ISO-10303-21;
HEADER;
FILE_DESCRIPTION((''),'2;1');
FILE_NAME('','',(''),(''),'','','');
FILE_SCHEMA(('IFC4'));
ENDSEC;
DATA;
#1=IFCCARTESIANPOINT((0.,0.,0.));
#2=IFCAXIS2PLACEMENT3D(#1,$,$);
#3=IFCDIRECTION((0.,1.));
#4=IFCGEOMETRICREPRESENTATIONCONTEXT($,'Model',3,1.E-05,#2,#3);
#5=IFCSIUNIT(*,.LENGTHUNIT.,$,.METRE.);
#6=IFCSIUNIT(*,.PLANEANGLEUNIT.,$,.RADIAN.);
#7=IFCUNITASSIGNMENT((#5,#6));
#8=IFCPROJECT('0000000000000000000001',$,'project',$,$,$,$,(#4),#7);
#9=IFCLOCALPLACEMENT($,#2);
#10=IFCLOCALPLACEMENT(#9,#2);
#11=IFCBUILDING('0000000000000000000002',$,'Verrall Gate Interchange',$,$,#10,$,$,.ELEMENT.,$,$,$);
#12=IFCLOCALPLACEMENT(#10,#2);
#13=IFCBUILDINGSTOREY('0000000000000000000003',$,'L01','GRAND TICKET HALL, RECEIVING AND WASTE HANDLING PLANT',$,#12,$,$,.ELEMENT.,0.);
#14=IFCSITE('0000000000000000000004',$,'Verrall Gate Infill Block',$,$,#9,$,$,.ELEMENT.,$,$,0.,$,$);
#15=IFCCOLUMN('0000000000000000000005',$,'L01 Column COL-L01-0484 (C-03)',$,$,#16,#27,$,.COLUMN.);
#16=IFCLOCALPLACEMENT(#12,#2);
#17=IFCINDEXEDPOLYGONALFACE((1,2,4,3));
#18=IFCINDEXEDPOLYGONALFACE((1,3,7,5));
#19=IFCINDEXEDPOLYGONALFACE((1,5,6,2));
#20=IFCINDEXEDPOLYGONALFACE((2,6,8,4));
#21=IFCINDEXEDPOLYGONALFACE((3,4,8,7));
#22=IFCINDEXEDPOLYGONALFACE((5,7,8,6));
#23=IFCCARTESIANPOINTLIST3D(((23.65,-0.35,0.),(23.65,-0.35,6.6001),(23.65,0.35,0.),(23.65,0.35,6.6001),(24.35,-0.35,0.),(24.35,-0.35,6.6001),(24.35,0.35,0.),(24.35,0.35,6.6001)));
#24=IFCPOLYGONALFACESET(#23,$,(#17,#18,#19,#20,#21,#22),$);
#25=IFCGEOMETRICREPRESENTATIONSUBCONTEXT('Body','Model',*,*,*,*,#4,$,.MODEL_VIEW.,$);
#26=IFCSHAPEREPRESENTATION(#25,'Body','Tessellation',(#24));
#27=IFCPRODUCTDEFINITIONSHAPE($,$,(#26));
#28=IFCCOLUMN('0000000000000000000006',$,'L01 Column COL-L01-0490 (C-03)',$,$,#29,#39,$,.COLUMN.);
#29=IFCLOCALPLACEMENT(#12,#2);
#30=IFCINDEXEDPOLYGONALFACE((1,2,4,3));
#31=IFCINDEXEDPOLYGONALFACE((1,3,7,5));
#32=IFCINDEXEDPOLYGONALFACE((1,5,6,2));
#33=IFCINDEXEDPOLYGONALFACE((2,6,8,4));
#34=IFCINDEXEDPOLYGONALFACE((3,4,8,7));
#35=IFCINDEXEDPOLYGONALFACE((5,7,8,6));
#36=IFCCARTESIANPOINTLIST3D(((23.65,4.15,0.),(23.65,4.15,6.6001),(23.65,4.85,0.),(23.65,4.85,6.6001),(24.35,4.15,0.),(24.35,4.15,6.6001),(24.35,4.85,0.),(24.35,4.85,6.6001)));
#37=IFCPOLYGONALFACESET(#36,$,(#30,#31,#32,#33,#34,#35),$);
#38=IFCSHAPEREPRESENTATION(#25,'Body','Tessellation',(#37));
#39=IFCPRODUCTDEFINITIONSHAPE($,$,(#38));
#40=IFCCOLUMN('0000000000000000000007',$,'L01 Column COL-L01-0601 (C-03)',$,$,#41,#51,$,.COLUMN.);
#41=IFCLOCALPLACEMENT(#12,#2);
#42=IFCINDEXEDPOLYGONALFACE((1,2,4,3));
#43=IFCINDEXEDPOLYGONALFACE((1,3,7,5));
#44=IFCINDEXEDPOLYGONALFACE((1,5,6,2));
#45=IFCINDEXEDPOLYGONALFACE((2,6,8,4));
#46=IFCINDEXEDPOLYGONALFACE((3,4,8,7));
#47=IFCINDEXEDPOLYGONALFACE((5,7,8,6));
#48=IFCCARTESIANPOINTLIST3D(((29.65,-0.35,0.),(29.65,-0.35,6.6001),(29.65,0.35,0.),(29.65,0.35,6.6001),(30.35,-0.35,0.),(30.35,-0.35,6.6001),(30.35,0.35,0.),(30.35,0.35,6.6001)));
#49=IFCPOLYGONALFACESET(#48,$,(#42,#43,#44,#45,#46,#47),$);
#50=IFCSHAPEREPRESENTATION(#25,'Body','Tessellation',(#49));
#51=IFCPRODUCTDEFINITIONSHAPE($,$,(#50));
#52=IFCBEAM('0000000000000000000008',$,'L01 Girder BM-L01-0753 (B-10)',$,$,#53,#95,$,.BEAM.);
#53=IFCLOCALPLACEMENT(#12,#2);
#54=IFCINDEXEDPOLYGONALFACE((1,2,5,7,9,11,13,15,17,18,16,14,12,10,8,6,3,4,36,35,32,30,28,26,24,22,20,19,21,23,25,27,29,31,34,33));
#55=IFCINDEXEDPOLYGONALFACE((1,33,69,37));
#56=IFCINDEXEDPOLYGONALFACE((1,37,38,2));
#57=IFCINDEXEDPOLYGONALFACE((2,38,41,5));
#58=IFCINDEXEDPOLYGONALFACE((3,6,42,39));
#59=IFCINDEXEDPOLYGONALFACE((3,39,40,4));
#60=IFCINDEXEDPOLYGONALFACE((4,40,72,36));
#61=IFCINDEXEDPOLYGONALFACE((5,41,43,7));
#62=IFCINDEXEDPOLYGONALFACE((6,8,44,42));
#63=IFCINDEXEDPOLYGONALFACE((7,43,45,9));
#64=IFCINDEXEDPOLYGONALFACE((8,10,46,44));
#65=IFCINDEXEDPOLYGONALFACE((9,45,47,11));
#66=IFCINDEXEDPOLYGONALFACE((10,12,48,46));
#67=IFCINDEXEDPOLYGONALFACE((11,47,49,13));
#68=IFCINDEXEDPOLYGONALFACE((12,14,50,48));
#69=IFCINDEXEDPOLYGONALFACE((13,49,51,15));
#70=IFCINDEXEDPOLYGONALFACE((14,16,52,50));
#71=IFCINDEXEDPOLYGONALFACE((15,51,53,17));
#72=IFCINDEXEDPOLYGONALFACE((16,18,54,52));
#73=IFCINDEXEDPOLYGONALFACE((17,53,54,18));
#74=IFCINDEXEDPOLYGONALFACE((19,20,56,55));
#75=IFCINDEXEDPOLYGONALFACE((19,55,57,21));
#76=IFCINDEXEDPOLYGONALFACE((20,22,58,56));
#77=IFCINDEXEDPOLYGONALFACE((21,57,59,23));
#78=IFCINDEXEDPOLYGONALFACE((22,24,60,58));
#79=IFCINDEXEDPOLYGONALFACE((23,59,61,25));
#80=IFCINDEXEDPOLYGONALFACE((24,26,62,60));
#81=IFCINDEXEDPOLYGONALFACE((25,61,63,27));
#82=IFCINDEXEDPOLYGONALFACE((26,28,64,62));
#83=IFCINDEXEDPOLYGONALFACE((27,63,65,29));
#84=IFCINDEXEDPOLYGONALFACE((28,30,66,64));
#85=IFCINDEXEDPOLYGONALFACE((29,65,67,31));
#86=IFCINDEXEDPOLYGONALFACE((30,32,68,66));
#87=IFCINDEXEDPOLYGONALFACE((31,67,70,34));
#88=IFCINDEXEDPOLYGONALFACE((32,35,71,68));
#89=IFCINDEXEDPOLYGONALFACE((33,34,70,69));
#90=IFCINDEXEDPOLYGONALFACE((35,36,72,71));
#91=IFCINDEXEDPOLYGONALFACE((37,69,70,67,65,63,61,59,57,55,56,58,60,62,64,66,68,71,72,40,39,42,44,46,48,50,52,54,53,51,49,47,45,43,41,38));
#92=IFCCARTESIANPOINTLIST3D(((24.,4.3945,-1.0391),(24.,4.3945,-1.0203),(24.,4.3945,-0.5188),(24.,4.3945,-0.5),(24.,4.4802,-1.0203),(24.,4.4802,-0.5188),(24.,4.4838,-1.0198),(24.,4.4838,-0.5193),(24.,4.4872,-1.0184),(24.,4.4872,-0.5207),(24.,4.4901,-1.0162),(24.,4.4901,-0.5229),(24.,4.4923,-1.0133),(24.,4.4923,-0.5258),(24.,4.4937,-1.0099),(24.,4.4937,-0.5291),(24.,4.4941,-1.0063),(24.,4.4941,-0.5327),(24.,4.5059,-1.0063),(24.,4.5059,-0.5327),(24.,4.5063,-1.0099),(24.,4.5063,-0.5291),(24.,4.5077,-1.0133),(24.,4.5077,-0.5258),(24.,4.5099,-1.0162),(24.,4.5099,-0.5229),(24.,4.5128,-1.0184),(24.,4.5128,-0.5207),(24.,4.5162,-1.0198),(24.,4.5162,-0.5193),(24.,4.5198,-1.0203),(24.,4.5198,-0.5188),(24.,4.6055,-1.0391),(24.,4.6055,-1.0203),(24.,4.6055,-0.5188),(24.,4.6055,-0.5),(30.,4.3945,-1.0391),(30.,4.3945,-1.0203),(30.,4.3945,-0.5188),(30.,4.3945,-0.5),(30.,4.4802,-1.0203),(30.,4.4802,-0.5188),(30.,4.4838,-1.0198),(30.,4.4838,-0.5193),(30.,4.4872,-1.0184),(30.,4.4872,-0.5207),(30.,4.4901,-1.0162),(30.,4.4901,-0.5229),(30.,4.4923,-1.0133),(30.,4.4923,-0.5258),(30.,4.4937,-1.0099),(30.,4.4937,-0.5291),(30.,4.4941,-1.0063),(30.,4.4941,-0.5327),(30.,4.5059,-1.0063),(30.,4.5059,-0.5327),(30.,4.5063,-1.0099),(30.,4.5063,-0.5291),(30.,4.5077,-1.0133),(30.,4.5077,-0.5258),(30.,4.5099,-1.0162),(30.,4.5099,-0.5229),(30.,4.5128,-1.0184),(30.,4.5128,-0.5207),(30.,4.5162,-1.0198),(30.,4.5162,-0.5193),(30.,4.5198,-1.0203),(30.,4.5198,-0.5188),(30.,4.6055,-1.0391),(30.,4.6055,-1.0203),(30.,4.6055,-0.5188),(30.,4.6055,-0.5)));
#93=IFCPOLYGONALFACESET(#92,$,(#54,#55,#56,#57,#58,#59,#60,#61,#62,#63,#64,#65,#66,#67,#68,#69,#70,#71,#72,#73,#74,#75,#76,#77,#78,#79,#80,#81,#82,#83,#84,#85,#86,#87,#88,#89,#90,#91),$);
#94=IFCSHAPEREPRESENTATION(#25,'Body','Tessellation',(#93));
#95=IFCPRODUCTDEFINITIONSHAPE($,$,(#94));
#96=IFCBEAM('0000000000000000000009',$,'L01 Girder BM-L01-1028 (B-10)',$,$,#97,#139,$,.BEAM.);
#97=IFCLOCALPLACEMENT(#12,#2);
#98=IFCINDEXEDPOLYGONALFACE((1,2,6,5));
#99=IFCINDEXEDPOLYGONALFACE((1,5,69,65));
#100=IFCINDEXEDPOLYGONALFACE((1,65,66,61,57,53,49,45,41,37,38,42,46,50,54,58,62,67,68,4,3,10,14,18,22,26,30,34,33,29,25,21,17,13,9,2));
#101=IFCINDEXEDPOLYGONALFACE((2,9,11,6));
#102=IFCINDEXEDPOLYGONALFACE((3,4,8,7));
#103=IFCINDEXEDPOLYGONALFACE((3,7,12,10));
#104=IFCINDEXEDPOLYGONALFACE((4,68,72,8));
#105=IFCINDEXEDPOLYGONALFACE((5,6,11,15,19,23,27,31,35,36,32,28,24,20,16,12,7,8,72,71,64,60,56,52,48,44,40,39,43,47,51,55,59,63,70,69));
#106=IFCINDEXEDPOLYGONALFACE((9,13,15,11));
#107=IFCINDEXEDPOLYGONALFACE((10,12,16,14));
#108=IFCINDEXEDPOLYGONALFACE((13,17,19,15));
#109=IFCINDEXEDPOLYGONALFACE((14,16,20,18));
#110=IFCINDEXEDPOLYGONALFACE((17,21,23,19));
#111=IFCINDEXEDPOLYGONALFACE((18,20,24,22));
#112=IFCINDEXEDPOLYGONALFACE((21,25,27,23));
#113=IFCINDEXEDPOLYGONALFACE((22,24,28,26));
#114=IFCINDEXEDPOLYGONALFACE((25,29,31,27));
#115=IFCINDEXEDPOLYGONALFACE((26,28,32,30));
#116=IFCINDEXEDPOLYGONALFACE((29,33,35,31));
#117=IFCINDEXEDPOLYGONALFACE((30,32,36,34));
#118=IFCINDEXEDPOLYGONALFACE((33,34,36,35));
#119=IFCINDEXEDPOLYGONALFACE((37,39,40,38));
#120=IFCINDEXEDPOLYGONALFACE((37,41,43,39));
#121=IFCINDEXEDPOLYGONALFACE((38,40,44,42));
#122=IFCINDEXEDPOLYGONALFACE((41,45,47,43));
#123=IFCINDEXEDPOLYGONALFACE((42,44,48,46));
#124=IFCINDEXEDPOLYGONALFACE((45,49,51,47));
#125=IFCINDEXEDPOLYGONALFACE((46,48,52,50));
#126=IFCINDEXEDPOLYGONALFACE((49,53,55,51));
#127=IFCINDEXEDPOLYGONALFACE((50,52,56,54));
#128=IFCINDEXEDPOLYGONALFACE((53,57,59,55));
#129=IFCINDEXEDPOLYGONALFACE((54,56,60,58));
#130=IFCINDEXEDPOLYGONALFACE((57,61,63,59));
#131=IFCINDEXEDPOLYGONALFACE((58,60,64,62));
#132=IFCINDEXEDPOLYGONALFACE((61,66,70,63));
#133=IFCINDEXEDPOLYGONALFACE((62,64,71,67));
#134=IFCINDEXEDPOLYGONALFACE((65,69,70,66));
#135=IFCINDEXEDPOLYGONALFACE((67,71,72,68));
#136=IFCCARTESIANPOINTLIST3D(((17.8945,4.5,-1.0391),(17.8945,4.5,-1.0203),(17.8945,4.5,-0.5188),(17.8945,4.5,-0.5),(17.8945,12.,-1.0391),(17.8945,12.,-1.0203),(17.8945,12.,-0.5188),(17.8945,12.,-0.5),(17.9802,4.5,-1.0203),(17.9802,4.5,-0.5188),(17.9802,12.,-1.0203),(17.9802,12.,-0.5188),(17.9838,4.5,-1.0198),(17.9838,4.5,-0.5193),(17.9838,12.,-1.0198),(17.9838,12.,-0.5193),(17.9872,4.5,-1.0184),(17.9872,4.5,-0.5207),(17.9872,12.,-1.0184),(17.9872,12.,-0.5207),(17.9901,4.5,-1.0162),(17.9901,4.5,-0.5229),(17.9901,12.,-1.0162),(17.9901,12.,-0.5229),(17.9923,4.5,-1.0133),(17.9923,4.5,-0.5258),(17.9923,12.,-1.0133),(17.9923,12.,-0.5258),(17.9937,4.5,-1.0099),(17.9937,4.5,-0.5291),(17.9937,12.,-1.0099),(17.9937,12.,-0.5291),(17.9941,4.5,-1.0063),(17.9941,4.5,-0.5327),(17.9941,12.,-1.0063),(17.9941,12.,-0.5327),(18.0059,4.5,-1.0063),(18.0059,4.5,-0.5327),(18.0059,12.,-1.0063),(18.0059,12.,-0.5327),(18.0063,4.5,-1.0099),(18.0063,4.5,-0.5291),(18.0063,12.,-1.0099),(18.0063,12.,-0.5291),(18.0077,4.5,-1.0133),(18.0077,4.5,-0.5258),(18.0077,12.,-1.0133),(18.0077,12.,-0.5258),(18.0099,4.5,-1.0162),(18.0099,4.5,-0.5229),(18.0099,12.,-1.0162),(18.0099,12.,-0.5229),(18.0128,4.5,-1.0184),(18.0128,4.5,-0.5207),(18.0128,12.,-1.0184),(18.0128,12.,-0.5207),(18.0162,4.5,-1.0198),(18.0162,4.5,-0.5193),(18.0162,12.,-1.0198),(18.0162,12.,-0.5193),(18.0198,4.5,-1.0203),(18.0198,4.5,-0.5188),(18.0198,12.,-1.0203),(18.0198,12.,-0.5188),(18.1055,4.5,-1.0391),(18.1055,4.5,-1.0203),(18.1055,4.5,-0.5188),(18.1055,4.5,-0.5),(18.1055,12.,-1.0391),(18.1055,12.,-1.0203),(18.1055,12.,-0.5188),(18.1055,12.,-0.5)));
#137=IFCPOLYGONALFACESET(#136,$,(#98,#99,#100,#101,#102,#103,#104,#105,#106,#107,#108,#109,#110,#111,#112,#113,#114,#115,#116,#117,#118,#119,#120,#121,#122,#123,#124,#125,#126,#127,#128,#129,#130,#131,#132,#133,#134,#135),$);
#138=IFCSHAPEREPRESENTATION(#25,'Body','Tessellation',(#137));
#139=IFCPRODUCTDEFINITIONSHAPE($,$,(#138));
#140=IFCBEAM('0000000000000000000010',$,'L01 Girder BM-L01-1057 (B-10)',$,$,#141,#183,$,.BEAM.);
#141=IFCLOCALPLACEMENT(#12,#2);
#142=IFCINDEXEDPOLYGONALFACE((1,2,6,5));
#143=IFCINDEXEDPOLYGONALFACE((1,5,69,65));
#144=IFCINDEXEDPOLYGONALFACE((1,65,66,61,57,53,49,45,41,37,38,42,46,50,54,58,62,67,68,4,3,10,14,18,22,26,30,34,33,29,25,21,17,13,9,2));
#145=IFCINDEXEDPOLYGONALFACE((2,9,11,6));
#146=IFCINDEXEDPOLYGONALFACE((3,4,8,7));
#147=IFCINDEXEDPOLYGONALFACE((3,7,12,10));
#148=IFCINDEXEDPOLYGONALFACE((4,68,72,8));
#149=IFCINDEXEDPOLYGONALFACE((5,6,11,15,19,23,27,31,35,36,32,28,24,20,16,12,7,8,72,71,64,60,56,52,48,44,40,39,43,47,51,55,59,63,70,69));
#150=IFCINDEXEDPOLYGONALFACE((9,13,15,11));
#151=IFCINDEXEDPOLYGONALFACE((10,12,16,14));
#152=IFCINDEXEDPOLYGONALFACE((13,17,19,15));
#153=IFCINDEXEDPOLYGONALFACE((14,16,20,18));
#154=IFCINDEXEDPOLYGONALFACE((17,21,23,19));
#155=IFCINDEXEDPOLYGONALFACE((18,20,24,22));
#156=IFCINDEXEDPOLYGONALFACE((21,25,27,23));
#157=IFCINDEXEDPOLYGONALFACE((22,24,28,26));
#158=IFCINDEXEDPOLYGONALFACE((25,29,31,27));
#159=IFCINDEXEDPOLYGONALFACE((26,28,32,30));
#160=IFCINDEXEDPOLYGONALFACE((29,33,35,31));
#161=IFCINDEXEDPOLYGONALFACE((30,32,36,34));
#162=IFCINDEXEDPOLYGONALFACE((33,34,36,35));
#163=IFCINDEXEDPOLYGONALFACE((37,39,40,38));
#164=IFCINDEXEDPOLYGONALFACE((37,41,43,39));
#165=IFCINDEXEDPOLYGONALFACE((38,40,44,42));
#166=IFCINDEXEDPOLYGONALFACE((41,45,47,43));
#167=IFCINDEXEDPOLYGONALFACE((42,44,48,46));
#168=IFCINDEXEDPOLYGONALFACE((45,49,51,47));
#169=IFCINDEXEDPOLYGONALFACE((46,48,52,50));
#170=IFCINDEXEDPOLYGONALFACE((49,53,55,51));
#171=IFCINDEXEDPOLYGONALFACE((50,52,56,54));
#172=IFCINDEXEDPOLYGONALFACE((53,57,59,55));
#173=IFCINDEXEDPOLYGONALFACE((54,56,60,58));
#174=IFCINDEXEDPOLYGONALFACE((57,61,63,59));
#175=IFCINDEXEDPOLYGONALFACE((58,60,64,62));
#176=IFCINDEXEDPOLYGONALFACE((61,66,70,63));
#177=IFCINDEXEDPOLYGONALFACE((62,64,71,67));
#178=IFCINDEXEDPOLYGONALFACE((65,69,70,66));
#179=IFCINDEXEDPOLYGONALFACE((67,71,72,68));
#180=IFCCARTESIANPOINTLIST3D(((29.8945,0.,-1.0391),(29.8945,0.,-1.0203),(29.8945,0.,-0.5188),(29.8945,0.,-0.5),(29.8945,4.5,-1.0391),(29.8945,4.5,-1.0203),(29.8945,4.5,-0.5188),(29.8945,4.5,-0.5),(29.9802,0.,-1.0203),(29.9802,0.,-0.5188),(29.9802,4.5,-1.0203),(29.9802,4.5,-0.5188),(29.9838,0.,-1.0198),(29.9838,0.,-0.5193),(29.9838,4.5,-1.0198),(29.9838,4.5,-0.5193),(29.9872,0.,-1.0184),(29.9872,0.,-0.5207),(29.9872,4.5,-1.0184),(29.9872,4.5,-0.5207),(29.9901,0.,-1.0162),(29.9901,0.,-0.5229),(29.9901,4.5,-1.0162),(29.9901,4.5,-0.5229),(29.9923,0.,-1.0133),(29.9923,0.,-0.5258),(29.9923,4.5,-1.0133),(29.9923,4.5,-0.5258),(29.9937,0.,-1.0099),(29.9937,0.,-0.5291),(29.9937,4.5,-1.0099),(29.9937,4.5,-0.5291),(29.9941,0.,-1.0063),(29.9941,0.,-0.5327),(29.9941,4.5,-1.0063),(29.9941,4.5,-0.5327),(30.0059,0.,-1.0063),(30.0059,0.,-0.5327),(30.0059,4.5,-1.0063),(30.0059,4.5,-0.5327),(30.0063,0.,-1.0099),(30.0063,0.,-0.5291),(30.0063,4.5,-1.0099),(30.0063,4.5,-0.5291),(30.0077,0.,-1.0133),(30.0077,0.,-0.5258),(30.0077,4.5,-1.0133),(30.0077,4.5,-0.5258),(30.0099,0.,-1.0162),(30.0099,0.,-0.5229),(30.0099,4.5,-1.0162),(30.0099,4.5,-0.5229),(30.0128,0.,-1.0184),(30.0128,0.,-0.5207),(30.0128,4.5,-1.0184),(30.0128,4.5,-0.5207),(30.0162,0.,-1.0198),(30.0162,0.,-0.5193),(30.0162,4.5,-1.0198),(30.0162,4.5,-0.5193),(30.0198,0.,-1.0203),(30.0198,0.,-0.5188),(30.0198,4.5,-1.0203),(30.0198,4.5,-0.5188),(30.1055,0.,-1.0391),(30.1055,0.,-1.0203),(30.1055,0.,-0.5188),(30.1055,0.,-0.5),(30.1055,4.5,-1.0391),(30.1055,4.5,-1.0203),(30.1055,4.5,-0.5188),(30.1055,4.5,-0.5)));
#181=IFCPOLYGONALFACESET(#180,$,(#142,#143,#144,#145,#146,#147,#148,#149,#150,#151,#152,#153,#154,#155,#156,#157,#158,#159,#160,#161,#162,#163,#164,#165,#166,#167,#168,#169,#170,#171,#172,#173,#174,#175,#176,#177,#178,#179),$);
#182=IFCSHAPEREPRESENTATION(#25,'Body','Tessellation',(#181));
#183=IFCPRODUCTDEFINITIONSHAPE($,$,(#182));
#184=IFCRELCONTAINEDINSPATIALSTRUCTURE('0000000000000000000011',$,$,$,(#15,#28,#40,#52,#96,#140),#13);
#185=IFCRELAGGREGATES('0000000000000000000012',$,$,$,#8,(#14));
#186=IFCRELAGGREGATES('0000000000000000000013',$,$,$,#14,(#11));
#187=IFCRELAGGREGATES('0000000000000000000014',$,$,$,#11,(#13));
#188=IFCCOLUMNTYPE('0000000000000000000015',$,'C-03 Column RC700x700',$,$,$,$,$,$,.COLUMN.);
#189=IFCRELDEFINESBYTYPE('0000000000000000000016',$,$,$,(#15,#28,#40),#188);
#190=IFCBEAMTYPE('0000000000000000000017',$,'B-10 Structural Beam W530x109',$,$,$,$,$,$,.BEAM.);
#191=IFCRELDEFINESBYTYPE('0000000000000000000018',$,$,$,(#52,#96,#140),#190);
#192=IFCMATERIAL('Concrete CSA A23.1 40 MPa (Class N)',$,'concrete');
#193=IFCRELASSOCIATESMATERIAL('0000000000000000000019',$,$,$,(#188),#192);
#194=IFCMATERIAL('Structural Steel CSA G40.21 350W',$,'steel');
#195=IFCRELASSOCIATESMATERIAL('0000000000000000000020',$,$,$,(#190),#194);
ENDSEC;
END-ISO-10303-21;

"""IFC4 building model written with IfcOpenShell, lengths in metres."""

from ifc_helpers import new_model, si_unit, direction, frame, origin, origin_2d, place, context, subcontext, project, spatial, rectangle, i_section, extrude, material, material_profile, profile_set, type_object, element, save


model = new_model("IFC4")

# Units and contexts
model_context = context("Model", 3, precision=1e-05, world=origin(), true_north=direction((0.0, 1.0)))
body_context = subcontext(model_context, "Body", "Model", "MODEL_VIEW")
ifc_project = project(units=[si_unit("LENGTHUNIT", "METRE"), si_unit("PLANEANGLEUNIT", "RADIAN")], contexts=[model_context])

# Site, building, storey
site_placement = place(None, origin())
site = spatial("IfcSite", under=ifc_project, at=site_placement, Name="Verrall Gate Infill Block", CompositionType="ELEMENT", RefElevation=0.0)
building_placement = place(site_placement, origin())
building = spatial("IfcBuilding", under=site, at=building_placement, Name="Verrall Gate Interchange", CompositionType="ELEMENT")
storey_placement = place(building_placement, origin())
storey = spatial("IfcBuildingStorey", under=building, at=storey_placement, Name="L01", Description="GRAND TICKET HALL, RECEIVING AND WASTE HANDLING PLANT", CompositionType="ELEMENT", Elevation=0.0)

# Columns
ifc_material_1 = material(Name="Concrete CSA A23.1 40 MPa (Class N)", Category="concrete")
ifc_material_profile_1 = material_profile(ifc_material_1, rectangle(XDim=0.7, YDim=0.7, at=origin_2d()), Name="RC700x700")
ifc_profile_set_1 = profile_set([ifc_material_profile_1], Name="Concrete CSA A23.1 40 MPa (Class N)")
column_type = type_object("IfcColumnType", Name="C-03 Column RC700x700", PredefinedType="COLUMN", material=ifc_profile_set_1)
for number, where, z_axis, x_axis, name in (
    (1, (24.0, 0.0, 0.0), (0.0, 0.0, 1.0), (1.0, 0.0, 0.0), "L01 Column COL-L01-0484 (C-03)"),
    (2, (24.0, 4.5, 0.0), (0.0, 0.0, 1.0), (1.0, 0.0, 0.0), "L01 Column COL-L01-0490 (C-03)"),
    (3, (30.0, 0.0, 0.0), (0.0, 0.0, 1.0), (1.0, 0.0, 0.0), "L01 Column COL-L01-0601 (C-03)"),
):
    element("IfcColumn", number, at=place(storey_placement, frame(where, z_axis=z_axis, x_axis=x_axis)), inside=storey, type_object=column_type, Name=name, PredefinedType="COLUMN", context=body_context, shape_type="SweptSolid", body=[
        extrude(rectangle(XDim=0.7, YDim=0.7, at=origin_2d()), origin(), (0.0, 0.0, 1.0), 6.6001),
    ])

# Beams
ifc_material_2 = material(Name="Structural Steel CSA G40.21 350W", Category="steel")
ifc_material_profile_2 = material_profile(ifc_material_2, i_section(OverallWidth=0.2109, OverallDepth=0.5391, WebThickness=0.0117, FlangeThickness=0.0188, FilletRadius=0.0139, at=origin_2d()), Name="W530x109")
ifc_profile_set_2 = profile_set([ifc_material_profile_2], Name="Structural Steel CSA G40.21 350W")
beam_type_1 = type_object("IfcBeamType", Name="B-10 Structural Beam W530x109", PredefinedType="BEAM", material=ifc_profile_set_2)
beam_1_placement = place(storey_placement, frame((24.0, 4.5, -0.7695), z_axis=(1.0, 0.0, 0.0), x_axis=(0.0, 1.0, 0.0)))
element("IfcBeam", 4, at=beam_1_placement, inside=storey, type_object=beam_type_1, Name="L01 Girder BM-L01-0753 (B-10)", PredefinedType="BEAM", context=body_context, shape_type="SweptSolid", body=[
    extrude(i_section(OverallWidth=0.2109, OverallDepth=0.5391, WebThickness=0.0117, FlangeThickness=0.0188, FilletRadius=0.0139, at=origin_2d()), origin(), (0.0, 0.0, 1.0), 6.0),
])
beam_2_placement = place(storey_placement, frame((18.0, 4.5, -0.7695), z_axis=(0.0, 1.0, 0.0), x_axis=(-1.0, 0.0, 0.0)))
element("IfcBeam", 5, at=beam_2_placement, inside=storey, type_object=beam_type_1, Name="L01 Girder BM-L01-1028 (B-10)", PredefinedType="BEAM", context=body_context, shape_type="SweptSolid", body=[
    extrude(i_section(OverallWidth=0.2109, OverallDepth=0.5391, WebThickness=0.0117, FlangeThickness=0.0188, FilletRadius=0.0139, at=origin_2d()), origin(), (0.0, 0.0, 1.0), 7.5),
])
beam_3_placement = place(storey_placement, frame((30.0, 0.0, -0.7695), z_axis=(0.0, 1.0, 0.0), x_axis=(-1.0, 0.0, 0.0)))
element("IfcBeam", 6, at=beam_3_placement, inside=storey, type_object=beam_type_1, Name="L01 Girder BM-L01-1057 (B-10)", PredefinedType="BEAM", context=body_context, shape_type="SweptSolid", body=[
    extrude(i_section(OverallWidth=0.2109, OverallDepth=0.5391, WebThickness=0.0117, FlangeThickness=0.0188, FilletRadius=0.0139, at=origin_2d()), origin(), (0.0, 0.0, 1.0), 4.5),
])

save(model, "model.ifc")
